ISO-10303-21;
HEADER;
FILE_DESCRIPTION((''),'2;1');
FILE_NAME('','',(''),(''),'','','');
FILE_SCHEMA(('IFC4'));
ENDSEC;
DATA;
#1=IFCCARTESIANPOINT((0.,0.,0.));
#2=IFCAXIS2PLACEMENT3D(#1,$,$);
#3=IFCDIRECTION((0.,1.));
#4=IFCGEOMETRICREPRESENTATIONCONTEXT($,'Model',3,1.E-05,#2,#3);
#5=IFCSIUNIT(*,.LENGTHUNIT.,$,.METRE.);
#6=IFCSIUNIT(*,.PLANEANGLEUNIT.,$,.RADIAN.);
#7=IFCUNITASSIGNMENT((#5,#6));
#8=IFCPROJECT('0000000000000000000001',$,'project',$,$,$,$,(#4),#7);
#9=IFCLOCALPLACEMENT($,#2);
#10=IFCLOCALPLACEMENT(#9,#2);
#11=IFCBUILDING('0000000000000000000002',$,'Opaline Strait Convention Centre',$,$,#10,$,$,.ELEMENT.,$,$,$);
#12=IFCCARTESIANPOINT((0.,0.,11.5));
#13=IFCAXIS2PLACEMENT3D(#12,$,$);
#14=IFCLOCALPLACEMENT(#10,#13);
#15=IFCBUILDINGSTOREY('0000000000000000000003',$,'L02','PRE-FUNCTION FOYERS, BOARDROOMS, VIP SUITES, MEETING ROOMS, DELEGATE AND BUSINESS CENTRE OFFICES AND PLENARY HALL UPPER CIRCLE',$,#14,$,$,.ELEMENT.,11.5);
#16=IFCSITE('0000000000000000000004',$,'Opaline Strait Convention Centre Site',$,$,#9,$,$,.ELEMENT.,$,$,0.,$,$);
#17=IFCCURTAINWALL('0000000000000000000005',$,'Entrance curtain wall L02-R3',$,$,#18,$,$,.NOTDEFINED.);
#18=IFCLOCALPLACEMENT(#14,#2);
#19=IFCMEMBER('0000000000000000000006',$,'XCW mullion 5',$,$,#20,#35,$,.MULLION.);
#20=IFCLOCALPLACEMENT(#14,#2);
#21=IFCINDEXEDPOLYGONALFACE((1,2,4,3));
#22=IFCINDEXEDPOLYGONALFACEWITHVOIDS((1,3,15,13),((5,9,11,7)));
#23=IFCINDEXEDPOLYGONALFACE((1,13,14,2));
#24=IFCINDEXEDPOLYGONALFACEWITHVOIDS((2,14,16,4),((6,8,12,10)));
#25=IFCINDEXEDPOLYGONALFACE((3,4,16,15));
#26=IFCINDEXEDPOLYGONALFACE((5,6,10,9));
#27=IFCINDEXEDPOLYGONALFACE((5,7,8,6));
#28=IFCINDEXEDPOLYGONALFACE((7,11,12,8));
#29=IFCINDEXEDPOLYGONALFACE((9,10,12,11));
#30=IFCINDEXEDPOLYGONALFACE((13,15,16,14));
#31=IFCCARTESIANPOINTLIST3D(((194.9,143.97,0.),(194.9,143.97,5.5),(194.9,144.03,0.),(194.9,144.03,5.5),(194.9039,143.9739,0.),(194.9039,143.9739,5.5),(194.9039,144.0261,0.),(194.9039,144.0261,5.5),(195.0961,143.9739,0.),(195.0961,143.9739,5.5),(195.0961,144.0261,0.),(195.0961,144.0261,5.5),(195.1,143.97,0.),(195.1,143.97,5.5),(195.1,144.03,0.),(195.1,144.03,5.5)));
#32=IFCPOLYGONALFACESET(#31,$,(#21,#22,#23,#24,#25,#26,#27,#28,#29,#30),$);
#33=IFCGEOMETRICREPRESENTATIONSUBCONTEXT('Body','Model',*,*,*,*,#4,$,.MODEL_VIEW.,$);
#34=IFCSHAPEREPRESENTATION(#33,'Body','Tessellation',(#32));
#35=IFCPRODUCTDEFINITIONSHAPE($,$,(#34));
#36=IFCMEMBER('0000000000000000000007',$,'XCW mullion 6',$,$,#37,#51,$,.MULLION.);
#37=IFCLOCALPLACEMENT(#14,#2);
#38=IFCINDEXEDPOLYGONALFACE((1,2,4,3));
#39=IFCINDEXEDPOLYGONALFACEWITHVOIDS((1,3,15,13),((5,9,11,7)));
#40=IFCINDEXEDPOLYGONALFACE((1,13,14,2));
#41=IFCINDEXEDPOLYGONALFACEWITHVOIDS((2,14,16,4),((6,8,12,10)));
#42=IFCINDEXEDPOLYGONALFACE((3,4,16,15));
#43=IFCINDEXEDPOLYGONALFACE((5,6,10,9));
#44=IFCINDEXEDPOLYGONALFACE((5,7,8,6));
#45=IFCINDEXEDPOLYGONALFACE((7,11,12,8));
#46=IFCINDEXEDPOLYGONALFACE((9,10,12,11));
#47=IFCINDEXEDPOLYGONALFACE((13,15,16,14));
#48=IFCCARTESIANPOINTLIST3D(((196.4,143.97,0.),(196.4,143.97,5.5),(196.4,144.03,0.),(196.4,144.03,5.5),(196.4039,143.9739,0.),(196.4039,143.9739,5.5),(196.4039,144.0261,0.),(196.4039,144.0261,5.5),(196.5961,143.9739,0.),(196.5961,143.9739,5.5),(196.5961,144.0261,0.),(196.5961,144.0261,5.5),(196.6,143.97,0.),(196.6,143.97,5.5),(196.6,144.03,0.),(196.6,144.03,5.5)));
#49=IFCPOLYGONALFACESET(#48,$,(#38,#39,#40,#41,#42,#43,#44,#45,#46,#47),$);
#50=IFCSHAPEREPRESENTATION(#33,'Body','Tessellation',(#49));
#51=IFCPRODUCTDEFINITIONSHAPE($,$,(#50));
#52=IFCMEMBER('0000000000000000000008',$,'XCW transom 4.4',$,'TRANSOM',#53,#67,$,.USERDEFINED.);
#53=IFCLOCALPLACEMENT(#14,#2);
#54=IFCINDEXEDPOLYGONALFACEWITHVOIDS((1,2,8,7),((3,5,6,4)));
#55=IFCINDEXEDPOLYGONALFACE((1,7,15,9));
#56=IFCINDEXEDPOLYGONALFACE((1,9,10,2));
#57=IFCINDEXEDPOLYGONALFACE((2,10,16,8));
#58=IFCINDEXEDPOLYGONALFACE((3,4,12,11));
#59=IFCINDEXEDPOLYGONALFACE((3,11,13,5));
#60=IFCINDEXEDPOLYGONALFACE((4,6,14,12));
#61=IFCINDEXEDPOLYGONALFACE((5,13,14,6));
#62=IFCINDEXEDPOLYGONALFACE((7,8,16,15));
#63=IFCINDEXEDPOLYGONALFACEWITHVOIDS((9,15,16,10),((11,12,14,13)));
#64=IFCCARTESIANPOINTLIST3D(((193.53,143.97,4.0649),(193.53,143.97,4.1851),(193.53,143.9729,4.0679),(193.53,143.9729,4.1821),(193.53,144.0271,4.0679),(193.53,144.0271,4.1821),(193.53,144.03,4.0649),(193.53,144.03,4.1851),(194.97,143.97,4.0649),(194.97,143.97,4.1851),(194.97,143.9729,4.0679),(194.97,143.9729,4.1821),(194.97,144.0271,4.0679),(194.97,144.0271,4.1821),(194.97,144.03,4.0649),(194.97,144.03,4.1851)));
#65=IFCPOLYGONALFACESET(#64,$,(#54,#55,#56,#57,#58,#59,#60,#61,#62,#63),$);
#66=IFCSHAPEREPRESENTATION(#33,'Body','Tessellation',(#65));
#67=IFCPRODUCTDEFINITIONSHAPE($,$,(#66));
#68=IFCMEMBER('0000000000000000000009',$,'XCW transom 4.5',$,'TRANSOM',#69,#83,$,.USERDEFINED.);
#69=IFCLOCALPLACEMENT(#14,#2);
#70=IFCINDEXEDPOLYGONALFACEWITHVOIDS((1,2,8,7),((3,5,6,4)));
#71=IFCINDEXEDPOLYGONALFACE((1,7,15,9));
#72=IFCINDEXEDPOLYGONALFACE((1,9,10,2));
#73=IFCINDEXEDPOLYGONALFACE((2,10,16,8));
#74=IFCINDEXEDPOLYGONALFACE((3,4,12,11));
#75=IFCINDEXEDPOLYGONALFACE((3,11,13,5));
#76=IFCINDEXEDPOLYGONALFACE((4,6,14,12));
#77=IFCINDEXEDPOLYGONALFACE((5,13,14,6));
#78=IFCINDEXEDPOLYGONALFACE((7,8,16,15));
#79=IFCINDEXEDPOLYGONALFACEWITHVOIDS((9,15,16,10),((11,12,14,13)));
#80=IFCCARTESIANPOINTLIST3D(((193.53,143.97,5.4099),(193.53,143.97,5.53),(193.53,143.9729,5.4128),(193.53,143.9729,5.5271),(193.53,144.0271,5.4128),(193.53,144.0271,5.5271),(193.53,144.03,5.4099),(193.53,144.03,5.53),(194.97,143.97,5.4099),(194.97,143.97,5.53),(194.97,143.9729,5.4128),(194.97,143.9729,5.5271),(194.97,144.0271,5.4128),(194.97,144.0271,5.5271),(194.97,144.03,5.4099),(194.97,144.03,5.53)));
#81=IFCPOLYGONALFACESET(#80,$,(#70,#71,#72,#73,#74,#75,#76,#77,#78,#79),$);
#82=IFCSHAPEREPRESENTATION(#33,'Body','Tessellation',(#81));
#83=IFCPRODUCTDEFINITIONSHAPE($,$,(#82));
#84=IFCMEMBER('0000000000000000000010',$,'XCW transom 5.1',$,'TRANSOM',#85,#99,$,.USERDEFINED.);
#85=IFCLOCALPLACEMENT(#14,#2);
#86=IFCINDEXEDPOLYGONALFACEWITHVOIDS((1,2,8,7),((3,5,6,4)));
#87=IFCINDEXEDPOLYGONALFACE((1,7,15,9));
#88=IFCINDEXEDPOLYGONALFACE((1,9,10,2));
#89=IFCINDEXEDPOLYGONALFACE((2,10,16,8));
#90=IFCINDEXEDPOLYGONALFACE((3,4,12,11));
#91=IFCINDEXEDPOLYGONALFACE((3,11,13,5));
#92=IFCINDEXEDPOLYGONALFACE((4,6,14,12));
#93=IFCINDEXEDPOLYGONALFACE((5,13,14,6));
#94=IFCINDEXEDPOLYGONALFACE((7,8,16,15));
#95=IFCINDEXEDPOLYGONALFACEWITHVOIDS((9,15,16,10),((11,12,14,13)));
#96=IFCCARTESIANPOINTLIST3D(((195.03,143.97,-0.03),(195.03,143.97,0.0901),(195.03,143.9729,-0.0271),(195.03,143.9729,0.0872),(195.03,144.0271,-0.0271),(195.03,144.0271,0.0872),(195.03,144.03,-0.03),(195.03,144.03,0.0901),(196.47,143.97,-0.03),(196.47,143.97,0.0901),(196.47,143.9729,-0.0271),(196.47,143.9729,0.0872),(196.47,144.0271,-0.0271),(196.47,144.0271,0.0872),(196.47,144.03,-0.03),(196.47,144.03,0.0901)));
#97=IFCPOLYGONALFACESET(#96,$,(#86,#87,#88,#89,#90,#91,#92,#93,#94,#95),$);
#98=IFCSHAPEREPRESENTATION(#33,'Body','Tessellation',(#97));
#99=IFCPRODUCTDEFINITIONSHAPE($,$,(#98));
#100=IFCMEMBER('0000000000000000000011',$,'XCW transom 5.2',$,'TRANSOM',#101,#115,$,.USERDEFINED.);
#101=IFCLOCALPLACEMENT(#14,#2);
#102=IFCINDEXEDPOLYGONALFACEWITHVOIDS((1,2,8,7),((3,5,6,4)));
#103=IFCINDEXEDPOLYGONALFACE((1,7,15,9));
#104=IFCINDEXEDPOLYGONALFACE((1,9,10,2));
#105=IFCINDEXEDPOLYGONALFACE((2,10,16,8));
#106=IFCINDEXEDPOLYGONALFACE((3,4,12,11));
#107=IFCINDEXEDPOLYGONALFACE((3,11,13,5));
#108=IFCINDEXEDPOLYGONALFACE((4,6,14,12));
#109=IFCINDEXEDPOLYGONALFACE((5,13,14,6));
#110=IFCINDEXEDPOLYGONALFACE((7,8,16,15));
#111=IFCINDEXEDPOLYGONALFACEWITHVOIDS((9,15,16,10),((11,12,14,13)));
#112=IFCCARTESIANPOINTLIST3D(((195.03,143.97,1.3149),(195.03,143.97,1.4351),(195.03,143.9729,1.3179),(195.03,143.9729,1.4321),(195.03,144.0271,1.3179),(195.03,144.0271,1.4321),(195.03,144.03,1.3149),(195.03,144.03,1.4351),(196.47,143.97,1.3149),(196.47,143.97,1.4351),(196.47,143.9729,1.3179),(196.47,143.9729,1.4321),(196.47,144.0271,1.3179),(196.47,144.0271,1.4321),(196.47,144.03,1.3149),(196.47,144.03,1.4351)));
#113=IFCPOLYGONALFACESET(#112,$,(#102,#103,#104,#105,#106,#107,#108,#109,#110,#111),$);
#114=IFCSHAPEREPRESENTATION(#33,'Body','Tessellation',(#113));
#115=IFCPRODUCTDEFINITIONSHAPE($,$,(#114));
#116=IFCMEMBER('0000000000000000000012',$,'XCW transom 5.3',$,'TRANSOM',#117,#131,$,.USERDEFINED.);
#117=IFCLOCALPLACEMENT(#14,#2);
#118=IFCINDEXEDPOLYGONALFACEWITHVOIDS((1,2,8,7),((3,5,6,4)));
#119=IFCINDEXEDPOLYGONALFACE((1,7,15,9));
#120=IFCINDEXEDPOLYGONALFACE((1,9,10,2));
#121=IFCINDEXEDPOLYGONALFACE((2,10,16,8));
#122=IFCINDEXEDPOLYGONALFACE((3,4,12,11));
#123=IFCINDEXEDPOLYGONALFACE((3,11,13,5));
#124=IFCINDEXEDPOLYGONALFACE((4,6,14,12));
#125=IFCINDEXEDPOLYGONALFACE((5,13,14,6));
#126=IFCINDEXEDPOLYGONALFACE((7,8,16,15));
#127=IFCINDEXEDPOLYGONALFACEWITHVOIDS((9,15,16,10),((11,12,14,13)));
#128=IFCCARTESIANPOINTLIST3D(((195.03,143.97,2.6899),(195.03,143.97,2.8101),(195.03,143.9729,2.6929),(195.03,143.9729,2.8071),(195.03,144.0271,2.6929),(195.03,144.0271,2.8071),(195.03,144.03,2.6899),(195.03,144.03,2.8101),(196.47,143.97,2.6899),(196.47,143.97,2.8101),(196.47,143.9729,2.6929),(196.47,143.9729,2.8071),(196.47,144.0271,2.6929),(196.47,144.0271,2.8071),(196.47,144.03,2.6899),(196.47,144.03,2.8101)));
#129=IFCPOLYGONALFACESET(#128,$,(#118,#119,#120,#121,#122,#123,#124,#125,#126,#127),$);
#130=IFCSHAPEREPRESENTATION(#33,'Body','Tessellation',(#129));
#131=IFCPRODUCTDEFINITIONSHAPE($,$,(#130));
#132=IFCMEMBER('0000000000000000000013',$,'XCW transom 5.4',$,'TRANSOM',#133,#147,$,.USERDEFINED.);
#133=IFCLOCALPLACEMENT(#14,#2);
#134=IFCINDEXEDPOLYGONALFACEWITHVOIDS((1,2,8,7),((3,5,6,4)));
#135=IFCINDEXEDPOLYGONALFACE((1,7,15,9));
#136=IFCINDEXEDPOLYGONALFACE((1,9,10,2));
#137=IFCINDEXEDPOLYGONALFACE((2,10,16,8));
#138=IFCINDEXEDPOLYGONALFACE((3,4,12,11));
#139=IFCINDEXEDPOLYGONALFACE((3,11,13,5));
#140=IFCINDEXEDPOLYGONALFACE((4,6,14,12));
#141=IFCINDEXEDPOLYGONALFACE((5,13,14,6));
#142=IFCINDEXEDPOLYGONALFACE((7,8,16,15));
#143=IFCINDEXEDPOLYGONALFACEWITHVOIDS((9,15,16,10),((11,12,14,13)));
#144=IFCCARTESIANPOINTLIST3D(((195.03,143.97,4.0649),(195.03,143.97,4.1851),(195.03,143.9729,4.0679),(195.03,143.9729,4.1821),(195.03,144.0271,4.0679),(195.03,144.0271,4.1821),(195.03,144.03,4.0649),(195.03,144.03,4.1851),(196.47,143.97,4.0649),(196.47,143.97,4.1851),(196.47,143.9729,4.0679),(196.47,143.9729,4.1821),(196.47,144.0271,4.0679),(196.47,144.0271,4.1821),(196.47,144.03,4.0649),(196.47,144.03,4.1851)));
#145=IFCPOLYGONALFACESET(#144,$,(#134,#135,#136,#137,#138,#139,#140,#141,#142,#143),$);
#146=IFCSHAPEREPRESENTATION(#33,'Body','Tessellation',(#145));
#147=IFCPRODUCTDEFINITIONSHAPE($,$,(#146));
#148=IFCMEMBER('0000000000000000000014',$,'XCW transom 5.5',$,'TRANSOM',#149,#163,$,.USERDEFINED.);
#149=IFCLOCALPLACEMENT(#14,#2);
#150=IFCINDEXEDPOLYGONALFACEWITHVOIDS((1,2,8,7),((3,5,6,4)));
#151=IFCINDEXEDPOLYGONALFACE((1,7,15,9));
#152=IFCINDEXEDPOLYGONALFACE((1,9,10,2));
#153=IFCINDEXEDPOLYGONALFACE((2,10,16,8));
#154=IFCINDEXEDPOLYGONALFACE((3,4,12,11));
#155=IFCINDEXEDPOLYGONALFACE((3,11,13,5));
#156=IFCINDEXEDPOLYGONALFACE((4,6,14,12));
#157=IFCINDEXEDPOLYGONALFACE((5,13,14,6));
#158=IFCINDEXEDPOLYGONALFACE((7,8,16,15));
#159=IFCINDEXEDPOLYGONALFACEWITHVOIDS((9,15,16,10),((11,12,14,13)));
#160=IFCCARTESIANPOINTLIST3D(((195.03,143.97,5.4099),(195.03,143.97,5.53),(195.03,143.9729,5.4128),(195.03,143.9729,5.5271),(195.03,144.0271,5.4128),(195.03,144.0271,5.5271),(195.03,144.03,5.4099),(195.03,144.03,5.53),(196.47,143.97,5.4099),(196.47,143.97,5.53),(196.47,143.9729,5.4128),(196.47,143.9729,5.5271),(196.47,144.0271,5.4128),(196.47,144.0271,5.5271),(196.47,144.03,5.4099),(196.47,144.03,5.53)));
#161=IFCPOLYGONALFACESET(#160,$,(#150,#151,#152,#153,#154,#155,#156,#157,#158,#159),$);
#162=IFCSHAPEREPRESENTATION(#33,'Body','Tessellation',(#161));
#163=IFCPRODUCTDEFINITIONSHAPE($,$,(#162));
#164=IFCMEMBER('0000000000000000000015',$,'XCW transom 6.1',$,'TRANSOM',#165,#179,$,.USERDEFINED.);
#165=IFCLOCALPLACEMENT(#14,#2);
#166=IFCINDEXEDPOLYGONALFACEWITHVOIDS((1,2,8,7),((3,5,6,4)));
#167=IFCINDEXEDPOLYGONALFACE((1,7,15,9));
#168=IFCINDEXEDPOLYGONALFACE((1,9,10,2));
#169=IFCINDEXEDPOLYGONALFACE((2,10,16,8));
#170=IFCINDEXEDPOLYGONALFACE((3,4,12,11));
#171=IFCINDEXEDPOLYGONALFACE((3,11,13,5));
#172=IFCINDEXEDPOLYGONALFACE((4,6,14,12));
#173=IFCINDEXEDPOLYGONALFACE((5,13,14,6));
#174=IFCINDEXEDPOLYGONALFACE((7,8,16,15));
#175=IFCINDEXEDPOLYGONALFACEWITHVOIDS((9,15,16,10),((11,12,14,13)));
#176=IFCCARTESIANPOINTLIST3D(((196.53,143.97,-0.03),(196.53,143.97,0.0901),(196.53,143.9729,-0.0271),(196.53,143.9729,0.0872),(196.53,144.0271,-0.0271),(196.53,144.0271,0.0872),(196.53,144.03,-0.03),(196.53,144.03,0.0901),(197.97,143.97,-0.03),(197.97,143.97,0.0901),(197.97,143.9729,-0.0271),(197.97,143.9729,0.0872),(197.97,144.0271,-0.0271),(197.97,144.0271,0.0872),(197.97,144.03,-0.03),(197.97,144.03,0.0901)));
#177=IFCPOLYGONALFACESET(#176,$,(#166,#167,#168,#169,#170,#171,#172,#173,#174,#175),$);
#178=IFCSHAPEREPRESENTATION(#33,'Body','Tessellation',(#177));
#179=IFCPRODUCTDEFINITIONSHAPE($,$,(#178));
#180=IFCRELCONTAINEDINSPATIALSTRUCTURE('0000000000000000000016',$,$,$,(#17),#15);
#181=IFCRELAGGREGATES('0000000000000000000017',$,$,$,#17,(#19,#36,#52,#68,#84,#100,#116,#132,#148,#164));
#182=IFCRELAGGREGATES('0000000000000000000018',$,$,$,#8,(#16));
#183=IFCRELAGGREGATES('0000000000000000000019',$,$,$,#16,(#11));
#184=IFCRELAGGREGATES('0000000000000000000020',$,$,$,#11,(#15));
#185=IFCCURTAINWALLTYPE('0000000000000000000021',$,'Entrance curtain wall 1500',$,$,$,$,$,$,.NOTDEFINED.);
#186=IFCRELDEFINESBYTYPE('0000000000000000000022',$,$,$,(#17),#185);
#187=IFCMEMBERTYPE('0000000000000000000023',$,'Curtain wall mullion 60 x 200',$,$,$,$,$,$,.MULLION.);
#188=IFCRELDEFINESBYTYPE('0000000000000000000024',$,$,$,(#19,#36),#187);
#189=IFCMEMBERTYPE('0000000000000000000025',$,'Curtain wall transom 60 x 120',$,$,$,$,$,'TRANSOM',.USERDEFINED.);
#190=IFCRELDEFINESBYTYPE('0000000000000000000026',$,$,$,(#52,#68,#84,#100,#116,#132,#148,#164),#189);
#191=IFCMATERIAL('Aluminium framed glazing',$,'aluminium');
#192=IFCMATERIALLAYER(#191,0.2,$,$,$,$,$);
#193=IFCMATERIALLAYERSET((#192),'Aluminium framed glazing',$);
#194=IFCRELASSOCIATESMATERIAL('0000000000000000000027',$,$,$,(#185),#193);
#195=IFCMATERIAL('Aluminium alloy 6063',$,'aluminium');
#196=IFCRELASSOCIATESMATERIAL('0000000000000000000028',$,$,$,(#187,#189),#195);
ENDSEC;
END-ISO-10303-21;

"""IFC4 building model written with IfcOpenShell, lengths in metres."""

from ifc_helpers import new_model, si_unit, direction, frame, origin, origin_2d, place, context, subcontext, project, spatial, hollow_rectangle, extrude, material, layer, layer_set, material_profile, profile_set, type_object, element, aggregate, save


model = new_model("IFC4")

# Units and contexts
model_context = context("Model", 3, precision=1e-05, world=origin(), true_north=direction((0.0, 1.0)))
body_context = subcontext(model_context, "Body", "Model", "MODEL_VIEW")
ifc_project = project(units=[si_unit("LENGTHUNIT", "METRE"), si_unit("PLANEANGLEUNIT", "RADIAN")], contexts=[model_context])

# Site, building, storey
site_placement = place(None, origin())
site = spatial("IfcSite", under=ifc_project, at=site_placement, Name="Opaline Strait Convention Centre Site", CompositionType="ELEMENT", RefElevation=0.0)
building_placement = place(site_placement, origin())
building = spatial("IfcBuilding", under=site, at=building_placement, Name="Opaline Strait Convention Centre", CompositionType="ELEMENT")
storey_placement = place(building_placement, frame((0.0, 0.0, 11.5)))
storey = spatial("IfcBuildingStorey", under=building, at=storey_placement, Name="L02", Description="PRE-FUNCTION FOYERS, BOARDROOMS, VIP SUITES, MEETING ROOMS, DELEGATE AND BUSINESS CENTRE OFFICES AND PLENARY HALL UPPER CIRCLE", CompositionType="ELEMENT", Elevation=11.5)

# Curtain wall, members
ifc_material_1 = material(Name="Aluminium framed glazing", Category="aluminium")
ifc_layer_1 = layer(ifc_material_1, 0.2)
ifc_layer_set_1 = layer_set([ifc_layer_1], Name="Aluminium framed glazing")
curtain_wall_type = type_object("IfcCurtainWallType", Name="Entrance curtain wall 1500", PredefinedType="NOTDEFINED", material=ifc_layer_set_1)
curtain_wall_placement = place(storey_placement, origin())
curtain_wall = element("IfcCurtainWall", 1, at=curtain_wall_placement, inside=storey, type_object=curtain_wall_type, Name="Entrance curtain wall L02-R3", PredefinedType="NOTDEFINED")
ifc_material_2 = material(Name="Aluminium alloy 6063", Category="aluminium")
ifc_material_profile_1 = material_profile(ifc_material_2, hollow_rectangle(XDim=0.0601, YDim=0.2, WallThickness=0.0039, at=origin_2d()), Name="MULLION 60x200x4")
ifc_profile_set_1 = profile_set([ifc_material_profile_1], Name="Aluminium alloy 6063")
member_type_1 = type_object("IfcMemberType", Name="Curtain wall mullion 60 x 200", PredefinedType="MULLION", material=ifc_profile_set_1)
member_1_placement = place(storey_placement, frame((195.0, 144.0, 0.0), z_axis=(0.0, 0.0, 1.0), x_axis=(0.0, 1.0, 0.0)))
member_1 = element("IfcMember", 2, at=member_1_placement, type_object=member_type_1, Name="XCW mullion 5", PredefinedType="MULLION", context=body_context, shape_type="SweptSolid", body=[
    extrude(hollow_rectangle(XDim=0.0601, YDim=0.2, WallThickness=0.0039, at=origin_2d()), origin(), (0.0, 0.0, 1.0), 5.5),
])
member_2_placement = place(storey_placement, frame((196.5, 144.0, 0.0), z_axis=(0.0, 0.0, 1.0), x_axis=(0.0, 1.0, 0.0)))
member_2 = element("IfcMember", 3, at=member_2_placement, type_object=member_type_1, Name="XCW mullion 6", PredefinedType="MULLION", context=body_context, shape_type="SweptSolid", body=[
    extrude(hollow_rectangle(XDim=0.0601, YDim=0.2, WallThickness=0.0039, at=origin_2d()), origin(), (0.0, 0.0, 1.0), 5.5),
])
ifc_material_profile_2 = material_profile(ifc_material_2, hollow_rectangle(XDim=0.0601, YDim=0.1201, WallThickness=0.0029, at=origin_2d()), Name="TRANSOM 60x120x3")
ifc_profile_set_2 = profile_set([ifc_material_profile_2], Name="Aluminium alloy 6063")
member_type_2 = type_object("IfcMemberType", Name="Curtain wall transom 60 x 120", ElementType="TRANSOM", PredefinedType="USERDEFINED", material=ifc_profile_set_2)
member_3_placement = place(storey_placement, frame((193.53, 144.0, 4.125), z_axis=(1.0, 0.0, 0.0), x_axis=(0.0, 1.0, 0.0)))
member_3 = element("IfcMember", 4, at=member_3_placement, type_object=member_type_2, Name="XCW transom 4.4", ObjectType="TRANSOM", PredefinedType="USERDEFINED", context=body_context, shape_type="SweptSolid", body=[
    extrude(hollow_rectangle(XDim=0.0601, YDim=0.1201, WallThickness=0.0029, at=origin_2d()), origin(), (0.0, 0.0, 1.0), 1.4399),
])
member_4_placement = place(storey_placement, frame((193.53, 144.0, 5.47), z_axis=(1.0, 0.0, 0.0), x_axis=(0.0, 1.0, 0.0)))
member_4 = element("IfcMember", 5, at=member_4_placement, type_object=member_type_2, Name="XCW transom 4.5", ObjectType="TRANSOM", PredefinedType="USERDEFINED", context=body_context, shape_type="SweptSolid", body=[
    extrude(hollow_rectangle(XDim=0.0601, YDim=0.1201, WallThickness=0.0029, at=origin_2d()), origin(), (0.0, 0.0, 1.0), 1.4399),
])
member_5_placement = place(storey_placement, frame((195.03, 144.0, 0.03), z_axis=(1.0, 0.0, 0.0), x_axis=(0.0, 1.0, 0.0)))
member_5 = element("IfcMember", 6, at=member_5_placement, type_object=member_type_2, Name="XCW transom 5.1", ObjectType="TRANSOM", PredefinedType="USERDEFINED", context=body_context, shape_type="SweptSolid", body=[
    extrude(hollow_rectangle(XDim=0.0601, YDim=0.1201, WallThickness=0.0029, at=origin_2d()), origin(), (0.0, 0.0, 1.0), 1.4399),
])
member_6_placement = place(storey_placement, frame((195.03, 144.0, 1.375), z_axis=(1.0, 0.0, 0.0), x_axis=(0.0, 1.0, 0.0)))
member_6 = element("IfcMember", 7, at=member_6_placement, type_object=member_type_2, Name="XCW transom 5.2", ObjectType="TRANSOM", PredefinedType="USERDEFINED", context=body_context, shape_type="SweptSolid", body=[
    extrude(hollow_rectangle(XDim=0.0601, YDim=0.1201, WallThickness=0.0029, at=origin_2d()), origin(), (0.0, 0.0, 1.0), 1.4399),
])
member_7_placement = place(storey_placement, frame((195.03, 144.0, 2.75), z_axis=(1.0, 0.0, 0.0), x_axis=(0.0, 1.0, 0.0)))
member_7 = element("IfcMember", 8, at=member_7_placement, type_object=member_type_2, Name="XCW transom 5.3", ObjectType="TRANSOM", PredefinedType="USERDEFINED", context=body_context, shape_type="SweptSolid", body=[
    extrude(hollow_rectangle(XDim=0.0601, YDim=0.1201, WallThickness=0.0029, at=origin_2d()), origin(), (0.0, 0.0, 1.0), 1.4399),
])
member_8_placement = place(storey_placement, frame((195.03, 144.0, 4.125), z_axis=(1.0, 0.0, 0.0), x_axis=(0.0, 1.0, 0.0)))
member_8 = element("IfcMember", 9, at=member_8_placement, type_object=member_type_2, Name="XCW transom 5.4", ObjectType="TRANSOM", PredefinedType="USERDEFINED", context=body_context, shape_type="SweptSolid", body=[
    extrude(hollow_rectangle(XDim=0.0601, YDim=0.1201, WallThickness=0.0029, at=origin_2d()), origin(), (0.0, 0.0, 1.0), 1.4399),
])
member_9_placement = place(storey_placement, frame((195.03, 144.0, 5.47), z_axis=(1.0, 0.0, 0.0), x_axis=(0.0, 1.0, 0.0)))
member_9 = element("IfcMember", 10, at=member_9_placement, type_object=member_type_2, Name="XCW transom 5.5", ObjectType="TRANSOM", PredefinedType="USERDEFINED", context=body_context, shape_type="SweptSolid", body=[
    extrude(hollow_rectangle(XDim=0.0601, YDim=0.1201, WallThickness=0.0029, at=origin_2d()), origin(), (0.0, 0.0, 1.0), 1.4399),
])
member_10_placement = place(storey_placement, frame((196.53, 144.0, 0.03), z_axis=(1.0, 0.0, 0.0), x_axis=(0.0, 1.0, 0.0)))
member_10 = element("IfcMember", 11, at=member_10_placement, type_object=member_type_2, Name="XCW transom 6.1", ObjectType="TRANSOM", PredefinedType="USERDEFINED", context=body_context, shape_type="SweptSolid", body=[
    extrude(hollow_rectangle(XDim=0.0601, YDim=0.1201, WallThickness=0.0029, at=origin_2d()), origin(), (0.0, 0.0, 1.0), 1.4399),
])

aggregate(curtain_wall, [member_1, member_2, member_3, member_4, member_5, member_6, member_7, member_8, member_9, member_10])

save(model, "model.ifc")
